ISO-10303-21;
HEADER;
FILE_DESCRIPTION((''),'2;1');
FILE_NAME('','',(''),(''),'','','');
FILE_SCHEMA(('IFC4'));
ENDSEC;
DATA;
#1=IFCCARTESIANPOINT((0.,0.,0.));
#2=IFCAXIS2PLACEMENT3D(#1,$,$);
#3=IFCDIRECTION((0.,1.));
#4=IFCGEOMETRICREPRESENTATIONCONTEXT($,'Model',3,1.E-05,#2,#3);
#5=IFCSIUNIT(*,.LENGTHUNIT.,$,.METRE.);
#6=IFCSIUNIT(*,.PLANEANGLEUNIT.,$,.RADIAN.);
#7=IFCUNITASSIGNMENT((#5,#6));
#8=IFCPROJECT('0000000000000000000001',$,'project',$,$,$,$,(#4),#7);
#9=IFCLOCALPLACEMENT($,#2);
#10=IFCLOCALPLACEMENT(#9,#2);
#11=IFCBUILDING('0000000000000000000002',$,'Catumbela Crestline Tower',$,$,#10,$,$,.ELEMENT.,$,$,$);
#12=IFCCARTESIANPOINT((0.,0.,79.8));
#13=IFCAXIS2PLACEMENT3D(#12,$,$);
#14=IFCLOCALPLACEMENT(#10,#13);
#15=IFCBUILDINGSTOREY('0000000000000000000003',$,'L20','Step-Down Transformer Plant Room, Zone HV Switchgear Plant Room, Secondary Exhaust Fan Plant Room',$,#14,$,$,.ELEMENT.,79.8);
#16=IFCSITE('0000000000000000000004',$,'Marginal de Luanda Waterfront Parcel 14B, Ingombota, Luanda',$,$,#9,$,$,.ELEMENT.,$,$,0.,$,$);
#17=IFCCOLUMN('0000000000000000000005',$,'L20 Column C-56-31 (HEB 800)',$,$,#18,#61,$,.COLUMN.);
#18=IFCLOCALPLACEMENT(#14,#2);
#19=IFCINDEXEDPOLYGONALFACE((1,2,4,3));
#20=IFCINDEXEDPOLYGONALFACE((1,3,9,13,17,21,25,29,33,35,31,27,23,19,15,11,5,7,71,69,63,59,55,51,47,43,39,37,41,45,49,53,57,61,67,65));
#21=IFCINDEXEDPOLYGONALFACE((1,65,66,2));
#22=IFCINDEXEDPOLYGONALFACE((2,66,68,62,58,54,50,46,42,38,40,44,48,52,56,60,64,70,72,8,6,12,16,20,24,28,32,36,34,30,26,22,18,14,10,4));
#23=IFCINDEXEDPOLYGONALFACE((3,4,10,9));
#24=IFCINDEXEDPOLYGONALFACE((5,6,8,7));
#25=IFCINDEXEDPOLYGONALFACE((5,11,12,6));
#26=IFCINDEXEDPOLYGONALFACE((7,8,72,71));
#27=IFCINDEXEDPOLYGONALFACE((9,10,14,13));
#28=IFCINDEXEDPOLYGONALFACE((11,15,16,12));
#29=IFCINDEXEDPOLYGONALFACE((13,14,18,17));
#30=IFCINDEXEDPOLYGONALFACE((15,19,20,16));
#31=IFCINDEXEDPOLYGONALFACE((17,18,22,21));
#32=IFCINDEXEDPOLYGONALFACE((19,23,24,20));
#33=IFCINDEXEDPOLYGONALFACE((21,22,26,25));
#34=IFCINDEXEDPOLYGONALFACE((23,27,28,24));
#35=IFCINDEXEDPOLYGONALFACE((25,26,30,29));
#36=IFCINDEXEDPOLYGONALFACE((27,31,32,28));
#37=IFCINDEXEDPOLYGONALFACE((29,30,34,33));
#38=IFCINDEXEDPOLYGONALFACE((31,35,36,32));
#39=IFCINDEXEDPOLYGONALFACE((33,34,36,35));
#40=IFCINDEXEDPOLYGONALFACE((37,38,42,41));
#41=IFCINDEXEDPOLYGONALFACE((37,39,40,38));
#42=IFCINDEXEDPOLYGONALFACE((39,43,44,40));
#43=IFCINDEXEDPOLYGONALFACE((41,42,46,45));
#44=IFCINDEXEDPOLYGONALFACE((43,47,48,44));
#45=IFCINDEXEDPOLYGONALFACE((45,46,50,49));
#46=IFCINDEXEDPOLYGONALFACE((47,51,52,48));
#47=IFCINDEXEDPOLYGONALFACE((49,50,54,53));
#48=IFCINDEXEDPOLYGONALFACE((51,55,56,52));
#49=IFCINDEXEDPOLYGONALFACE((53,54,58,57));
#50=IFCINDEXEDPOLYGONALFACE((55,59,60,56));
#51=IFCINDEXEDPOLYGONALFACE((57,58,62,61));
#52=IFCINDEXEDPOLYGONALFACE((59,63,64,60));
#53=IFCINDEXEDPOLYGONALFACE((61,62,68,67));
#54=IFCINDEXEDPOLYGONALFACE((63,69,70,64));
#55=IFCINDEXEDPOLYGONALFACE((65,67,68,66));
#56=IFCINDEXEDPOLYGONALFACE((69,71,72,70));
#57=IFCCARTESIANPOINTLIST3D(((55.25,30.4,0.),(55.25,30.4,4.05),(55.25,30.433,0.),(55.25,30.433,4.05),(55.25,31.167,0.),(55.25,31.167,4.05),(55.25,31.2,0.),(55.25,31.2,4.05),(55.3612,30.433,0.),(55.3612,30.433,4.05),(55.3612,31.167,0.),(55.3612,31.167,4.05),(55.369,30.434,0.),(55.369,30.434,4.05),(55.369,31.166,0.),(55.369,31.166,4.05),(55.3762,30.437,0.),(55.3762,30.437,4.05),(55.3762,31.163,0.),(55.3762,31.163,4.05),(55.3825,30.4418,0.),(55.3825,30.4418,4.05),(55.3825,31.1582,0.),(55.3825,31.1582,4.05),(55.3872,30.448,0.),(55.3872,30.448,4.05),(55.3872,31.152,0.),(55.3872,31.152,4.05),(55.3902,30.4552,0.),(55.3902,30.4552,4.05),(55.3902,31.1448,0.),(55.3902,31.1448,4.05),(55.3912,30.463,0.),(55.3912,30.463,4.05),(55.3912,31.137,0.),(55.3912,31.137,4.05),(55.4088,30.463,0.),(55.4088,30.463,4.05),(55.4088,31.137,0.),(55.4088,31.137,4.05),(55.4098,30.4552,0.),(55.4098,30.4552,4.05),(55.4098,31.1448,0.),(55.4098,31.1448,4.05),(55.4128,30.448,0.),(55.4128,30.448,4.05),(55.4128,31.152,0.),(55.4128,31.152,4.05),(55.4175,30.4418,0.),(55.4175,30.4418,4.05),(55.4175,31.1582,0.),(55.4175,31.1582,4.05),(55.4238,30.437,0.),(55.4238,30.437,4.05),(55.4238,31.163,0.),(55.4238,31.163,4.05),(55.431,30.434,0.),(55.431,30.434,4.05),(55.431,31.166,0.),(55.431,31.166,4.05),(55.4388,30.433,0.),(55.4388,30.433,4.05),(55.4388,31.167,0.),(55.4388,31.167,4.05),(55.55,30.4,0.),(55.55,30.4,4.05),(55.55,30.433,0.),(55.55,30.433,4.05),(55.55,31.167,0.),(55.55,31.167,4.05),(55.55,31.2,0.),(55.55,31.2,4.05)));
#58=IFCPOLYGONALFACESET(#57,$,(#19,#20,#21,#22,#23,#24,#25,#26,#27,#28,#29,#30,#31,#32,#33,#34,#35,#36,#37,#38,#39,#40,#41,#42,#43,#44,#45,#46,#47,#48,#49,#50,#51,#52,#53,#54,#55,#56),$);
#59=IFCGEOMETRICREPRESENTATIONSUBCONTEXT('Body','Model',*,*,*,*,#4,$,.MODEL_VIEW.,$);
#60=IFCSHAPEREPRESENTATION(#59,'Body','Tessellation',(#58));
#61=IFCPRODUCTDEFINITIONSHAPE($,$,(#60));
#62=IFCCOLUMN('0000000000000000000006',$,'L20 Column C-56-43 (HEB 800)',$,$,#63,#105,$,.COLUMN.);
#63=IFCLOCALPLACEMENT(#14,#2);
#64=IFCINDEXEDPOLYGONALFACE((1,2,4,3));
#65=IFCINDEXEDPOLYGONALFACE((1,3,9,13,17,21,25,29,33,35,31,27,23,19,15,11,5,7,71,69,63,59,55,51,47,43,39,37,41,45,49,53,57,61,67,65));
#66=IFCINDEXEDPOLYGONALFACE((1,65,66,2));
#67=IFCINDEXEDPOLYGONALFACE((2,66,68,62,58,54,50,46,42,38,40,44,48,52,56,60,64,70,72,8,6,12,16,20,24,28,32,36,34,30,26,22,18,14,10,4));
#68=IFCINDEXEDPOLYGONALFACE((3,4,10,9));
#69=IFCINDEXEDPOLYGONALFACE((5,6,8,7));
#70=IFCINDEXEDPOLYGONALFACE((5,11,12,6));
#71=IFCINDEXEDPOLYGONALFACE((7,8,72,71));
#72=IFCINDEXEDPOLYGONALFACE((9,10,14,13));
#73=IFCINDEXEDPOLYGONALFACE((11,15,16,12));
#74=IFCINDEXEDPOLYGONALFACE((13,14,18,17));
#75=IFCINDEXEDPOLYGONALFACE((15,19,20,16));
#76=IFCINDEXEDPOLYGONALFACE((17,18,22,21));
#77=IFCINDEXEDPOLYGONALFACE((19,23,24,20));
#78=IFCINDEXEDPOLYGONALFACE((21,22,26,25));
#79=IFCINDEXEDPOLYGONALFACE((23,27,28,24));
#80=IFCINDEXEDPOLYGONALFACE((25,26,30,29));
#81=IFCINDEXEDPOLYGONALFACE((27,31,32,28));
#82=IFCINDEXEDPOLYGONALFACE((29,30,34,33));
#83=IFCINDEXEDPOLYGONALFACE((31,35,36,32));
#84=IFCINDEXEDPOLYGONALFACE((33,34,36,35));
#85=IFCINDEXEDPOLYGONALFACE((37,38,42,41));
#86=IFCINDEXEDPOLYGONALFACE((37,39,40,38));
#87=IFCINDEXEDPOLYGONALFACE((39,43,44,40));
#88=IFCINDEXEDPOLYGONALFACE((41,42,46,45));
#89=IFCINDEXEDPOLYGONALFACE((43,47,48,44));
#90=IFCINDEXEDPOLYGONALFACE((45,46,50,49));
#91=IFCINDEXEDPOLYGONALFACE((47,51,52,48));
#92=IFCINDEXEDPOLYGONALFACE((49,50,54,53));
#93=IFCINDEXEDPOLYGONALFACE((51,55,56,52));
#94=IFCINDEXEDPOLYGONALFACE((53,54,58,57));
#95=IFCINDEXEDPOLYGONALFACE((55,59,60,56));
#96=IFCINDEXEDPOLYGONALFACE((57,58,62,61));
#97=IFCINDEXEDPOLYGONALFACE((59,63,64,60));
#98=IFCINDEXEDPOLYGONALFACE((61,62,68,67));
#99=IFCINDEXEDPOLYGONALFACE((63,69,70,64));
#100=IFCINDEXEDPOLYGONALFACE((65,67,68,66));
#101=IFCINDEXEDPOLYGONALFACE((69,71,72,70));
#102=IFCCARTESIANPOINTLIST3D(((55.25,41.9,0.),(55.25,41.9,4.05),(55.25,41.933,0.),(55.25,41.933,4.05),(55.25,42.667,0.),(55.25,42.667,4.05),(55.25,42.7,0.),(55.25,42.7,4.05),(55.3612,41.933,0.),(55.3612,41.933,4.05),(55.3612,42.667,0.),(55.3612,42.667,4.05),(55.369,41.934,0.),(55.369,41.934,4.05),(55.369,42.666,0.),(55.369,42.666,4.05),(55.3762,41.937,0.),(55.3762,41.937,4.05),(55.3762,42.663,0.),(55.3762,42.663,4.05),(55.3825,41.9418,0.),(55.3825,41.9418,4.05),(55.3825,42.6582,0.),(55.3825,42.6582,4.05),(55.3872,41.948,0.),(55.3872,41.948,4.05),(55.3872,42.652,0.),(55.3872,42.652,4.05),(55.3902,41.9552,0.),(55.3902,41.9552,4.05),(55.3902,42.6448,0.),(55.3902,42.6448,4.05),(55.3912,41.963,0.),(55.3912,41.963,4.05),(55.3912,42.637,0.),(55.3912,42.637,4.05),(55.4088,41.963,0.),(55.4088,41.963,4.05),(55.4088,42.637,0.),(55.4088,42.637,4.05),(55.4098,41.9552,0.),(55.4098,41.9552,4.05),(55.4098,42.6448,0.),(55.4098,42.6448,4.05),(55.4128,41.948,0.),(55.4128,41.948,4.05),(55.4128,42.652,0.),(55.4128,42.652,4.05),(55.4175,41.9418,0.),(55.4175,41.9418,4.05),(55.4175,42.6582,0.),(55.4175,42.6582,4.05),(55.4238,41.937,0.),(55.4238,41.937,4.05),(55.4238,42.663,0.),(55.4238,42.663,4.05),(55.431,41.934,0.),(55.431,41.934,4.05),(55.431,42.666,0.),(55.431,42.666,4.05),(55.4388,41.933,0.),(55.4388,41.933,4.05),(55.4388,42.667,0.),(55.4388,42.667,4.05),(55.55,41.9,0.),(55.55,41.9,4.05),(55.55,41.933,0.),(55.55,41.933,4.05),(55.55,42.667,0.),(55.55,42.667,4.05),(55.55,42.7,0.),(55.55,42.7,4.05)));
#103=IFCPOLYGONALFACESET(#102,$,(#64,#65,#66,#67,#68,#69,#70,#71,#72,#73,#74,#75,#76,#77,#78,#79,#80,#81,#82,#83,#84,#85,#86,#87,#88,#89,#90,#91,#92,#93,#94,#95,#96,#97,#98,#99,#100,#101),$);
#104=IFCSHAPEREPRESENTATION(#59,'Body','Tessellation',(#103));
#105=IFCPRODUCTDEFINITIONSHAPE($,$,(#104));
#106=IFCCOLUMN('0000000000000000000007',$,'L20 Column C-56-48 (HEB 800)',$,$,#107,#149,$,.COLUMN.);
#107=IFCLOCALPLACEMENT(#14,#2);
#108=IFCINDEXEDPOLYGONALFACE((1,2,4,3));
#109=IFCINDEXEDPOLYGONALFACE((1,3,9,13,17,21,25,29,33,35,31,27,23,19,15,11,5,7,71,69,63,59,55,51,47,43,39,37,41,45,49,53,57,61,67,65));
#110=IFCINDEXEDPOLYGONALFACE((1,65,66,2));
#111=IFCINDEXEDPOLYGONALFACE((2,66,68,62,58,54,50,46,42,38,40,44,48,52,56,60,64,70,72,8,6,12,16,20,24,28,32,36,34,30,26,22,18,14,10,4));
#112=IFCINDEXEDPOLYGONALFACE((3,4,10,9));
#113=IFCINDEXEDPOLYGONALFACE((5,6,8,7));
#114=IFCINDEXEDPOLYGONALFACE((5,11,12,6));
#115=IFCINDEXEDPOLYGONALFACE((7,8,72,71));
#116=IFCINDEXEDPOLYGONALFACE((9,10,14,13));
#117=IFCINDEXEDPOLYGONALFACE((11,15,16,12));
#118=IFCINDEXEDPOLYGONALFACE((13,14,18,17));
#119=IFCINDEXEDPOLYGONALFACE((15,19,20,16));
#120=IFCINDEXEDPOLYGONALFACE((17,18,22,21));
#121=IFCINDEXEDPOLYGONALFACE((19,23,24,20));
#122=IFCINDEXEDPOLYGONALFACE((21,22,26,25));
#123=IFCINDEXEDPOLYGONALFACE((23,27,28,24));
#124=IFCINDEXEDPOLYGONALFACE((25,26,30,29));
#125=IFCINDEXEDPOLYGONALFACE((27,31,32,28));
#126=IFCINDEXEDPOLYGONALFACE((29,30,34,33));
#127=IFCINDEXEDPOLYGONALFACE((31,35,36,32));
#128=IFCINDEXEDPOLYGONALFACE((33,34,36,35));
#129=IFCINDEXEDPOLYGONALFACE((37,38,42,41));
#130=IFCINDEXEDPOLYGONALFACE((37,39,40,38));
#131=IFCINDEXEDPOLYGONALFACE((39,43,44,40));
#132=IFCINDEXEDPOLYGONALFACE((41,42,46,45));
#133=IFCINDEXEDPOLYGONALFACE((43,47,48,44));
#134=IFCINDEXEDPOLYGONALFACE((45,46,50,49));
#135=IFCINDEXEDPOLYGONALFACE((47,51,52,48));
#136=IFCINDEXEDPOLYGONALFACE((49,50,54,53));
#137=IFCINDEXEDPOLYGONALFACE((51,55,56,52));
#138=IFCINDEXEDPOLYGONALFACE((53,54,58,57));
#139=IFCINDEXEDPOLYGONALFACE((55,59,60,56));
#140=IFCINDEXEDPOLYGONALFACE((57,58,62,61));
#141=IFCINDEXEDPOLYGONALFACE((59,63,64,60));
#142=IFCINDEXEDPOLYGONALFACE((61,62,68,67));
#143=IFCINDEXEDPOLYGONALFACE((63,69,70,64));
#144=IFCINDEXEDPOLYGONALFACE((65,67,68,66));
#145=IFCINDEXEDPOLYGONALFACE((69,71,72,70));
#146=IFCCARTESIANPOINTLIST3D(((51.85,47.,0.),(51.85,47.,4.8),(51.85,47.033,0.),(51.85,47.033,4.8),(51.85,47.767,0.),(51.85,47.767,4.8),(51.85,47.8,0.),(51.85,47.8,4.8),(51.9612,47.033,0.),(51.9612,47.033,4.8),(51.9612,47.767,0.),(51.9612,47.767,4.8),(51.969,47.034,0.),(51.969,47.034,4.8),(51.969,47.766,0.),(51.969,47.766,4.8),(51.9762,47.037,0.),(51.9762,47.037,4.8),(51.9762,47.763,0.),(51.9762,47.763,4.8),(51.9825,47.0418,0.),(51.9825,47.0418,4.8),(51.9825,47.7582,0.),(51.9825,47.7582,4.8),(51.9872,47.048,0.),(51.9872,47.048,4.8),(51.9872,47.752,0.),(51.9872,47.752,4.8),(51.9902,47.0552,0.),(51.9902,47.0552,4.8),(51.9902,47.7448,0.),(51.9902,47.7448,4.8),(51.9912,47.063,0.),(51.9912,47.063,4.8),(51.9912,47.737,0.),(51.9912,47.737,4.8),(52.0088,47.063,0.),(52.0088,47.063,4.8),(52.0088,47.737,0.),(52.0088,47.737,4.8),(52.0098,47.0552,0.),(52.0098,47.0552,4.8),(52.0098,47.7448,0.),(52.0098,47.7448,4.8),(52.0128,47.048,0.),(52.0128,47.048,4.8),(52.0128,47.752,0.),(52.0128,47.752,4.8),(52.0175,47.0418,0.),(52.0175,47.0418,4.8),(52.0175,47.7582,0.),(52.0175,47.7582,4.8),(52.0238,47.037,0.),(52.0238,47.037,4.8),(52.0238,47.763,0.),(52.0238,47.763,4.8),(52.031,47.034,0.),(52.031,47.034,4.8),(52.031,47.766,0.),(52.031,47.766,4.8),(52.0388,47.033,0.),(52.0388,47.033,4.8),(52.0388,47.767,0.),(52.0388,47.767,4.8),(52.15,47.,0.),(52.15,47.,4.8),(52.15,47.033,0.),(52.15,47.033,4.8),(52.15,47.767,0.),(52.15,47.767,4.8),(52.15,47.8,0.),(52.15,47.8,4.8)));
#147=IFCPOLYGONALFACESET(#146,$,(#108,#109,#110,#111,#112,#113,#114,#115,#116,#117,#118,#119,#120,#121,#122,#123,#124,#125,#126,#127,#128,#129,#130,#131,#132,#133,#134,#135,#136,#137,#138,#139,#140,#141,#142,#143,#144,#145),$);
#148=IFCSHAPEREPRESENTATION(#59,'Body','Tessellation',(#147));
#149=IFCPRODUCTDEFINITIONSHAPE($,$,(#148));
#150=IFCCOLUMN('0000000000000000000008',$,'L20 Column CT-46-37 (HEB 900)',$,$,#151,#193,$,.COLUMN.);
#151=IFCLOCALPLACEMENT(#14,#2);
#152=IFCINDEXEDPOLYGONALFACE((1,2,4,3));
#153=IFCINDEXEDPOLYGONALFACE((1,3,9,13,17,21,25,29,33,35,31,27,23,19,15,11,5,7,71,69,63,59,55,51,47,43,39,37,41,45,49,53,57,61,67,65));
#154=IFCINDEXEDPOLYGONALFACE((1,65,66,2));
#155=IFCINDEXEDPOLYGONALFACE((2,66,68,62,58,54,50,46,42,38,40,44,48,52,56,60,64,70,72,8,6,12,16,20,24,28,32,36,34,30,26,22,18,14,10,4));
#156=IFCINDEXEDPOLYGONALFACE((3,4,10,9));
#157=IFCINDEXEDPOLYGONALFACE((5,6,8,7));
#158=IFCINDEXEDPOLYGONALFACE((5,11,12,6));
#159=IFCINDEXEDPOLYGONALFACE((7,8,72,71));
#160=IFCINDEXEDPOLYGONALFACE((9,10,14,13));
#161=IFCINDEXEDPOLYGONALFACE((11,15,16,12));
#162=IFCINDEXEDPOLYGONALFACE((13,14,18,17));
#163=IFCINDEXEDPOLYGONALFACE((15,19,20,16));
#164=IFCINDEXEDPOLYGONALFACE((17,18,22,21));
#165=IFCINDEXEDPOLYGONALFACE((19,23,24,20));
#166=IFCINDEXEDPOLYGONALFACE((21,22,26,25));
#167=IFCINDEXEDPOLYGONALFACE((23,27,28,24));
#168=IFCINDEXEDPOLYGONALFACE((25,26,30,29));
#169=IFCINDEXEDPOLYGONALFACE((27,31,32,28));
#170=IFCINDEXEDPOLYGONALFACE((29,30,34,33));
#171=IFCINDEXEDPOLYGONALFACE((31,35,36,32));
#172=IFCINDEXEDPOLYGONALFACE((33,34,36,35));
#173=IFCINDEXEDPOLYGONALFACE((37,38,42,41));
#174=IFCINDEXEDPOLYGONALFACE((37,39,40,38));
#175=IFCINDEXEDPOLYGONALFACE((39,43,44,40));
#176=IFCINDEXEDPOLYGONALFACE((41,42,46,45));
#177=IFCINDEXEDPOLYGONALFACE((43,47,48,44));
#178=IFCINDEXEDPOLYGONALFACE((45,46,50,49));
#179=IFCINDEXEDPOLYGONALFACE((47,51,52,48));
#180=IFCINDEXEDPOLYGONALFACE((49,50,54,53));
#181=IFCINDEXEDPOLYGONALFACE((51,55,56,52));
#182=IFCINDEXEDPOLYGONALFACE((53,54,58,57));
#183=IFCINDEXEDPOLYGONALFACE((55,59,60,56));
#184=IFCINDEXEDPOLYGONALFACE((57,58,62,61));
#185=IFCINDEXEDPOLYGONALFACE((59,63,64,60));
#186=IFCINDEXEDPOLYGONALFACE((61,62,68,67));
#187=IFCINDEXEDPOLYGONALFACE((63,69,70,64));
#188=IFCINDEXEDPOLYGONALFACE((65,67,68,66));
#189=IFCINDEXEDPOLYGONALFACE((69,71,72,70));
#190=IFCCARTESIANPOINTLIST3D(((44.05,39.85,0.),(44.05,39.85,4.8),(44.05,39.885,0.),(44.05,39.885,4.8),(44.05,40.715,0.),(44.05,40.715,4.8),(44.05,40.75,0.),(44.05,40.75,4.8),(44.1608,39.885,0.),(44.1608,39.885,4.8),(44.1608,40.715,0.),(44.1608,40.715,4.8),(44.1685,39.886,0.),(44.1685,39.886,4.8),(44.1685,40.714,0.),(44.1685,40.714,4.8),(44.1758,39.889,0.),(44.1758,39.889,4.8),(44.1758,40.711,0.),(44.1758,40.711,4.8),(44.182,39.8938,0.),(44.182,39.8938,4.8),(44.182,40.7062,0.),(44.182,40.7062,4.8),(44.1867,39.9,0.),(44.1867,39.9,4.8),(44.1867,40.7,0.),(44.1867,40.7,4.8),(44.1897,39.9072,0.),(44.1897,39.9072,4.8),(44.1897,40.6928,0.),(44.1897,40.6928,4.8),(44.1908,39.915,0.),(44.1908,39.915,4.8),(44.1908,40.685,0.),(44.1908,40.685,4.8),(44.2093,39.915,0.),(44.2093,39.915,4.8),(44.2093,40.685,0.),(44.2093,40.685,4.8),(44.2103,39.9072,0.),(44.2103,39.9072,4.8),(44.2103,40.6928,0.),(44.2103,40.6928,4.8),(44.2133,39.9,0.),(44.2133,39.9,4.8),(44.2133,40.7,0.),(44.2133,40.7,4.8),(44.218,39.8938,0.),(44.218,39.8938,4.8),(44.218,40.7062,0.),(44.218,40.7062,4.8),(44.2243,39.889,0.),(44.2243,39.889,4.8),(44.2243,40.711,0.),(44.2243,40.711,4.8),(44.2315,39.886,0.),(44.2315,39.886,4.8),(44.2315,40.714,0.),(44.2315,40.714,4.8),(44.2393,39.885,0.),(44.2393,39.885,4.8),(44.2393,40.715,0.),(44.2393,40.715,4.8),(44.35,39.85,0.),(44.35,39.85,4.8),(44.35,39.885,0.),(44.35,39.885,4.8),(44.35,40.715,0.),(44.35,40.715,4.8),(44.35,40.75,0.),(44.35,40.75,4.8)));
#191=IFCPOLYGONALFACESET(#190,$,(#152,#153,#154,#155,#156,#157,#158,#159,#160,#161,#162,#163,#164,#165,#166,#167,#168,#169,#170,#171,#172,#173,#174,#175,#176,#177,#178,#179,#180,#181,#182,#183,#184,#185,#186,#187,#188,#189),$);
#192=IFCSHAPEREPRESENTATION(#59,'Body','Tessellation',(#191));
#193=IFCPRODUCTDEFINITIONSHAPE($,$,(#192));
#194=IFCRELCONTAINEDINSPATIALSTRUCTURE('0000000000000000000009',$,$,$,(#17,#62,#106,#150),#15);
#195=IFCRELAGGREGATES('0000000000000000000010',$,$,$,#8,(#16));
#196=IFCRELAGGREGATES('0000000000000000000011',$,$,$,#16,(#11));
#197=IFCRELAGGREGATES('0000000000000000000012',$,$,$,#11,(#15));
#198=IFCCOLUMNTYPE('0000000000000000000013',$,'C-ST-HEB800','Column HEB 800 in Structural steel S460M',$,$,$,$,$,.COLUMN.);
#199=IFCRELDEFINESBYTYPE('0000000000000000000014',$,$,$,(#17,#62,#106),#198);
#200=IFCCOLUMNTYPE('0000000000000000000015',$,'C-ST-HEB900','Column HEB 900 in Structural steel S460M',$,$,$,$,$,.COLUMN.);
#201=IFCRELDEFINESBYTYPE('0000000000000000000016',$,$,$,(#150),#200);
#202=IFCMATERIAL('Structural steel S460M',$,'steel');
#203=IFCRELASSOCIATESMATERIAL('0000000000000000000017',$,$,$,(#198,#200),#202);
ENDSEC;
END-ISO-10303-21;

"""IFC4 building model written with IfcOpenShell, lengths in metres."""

from ifc_helpers import new_model, si_unit, direction, frame, origin, origin_2d, place, context, subcontext, project, spatial, i_section, extrude, material, material_profile, profile_set, type_object, element, save


model = new_model("IFC4")

# Units and contexts
model_context = context("Model", 3, precision=1e-05, world=origin(), true_north=direction((0.0, 1.0)))
body_context = subcontext(model_context, "Body", "Model", "MODEL_VIEW")
ifc_project = project(units=[si_unit("LENGTHUNIT", "METRE"), si_unit("PLANEANGLEUNIT", "RADIAN")], contexts=[model_context])

# Site, building, storey
site_placement = place(None, origin())
site = spatial("IfcSite", under=ifc_project, at=site_placement, Name="Marginal de Luanda Waterfront Parcel 14B, Ingombota, Luanda", CompositionType="ELEMENT", RefElevation=0.0)
building_placement = place(site_placement, origin())
building = spatial("IfcBuilding", under=site, at=building_placement, Name="Catumbela Crestline Tower", CompositionType="ELEMENT")
storey_placement = place(building_placement, frame((0.0, 0.0, 79.8)))
storey = spatial("IfcBuildingStorey", under=building, at=storey_placement, Name="L20", Description="Step-Down Transformer Plant Room, Zone HV Switchgear Plant Room, Secondary Exhaust Fan Plant Room", CompositionType="ELEMENT", Elevation=79.8)

# Columns
ifc_material_1 = material(Name="Structural steel S460M", Category="steel")
ifc_material_profile_1 = material_profile(ifc_material_1, i_section(OverallWidth=0.3, OverallDepth=0.8, WebThickness=0.0175, FlangeThickness=0.033, FilletRadius=0.03, at=origin_2d()), Name="HEB 800")
ifc_profile_set_1 = profile_set([ifc_material_profile_1], Name="Structural steel S460M")
column_type_1 = type_object("IfcColumnType", Name="C-ST-HEB800", Description="Column HEB 800 in Structural steel S460M", PredefinedType="COLUMN", material=ifc_profile_set_1)
for number, where, z_axis, x_axis, name in (
    (1, (55.4, 30.8, 0.0), (0.0, 0.0, 1.0), (1.0, 0.0, 0.0), "L20 Column C-56-31 (HEB 800)"),
    (2, (55.4, 42.3, 0.0), (0.0, 0.0, 1.0), (1.0, 0.0, 0.0), "L20 Column C-56-43 (HEB 800)"),
):
    element("IfcColumn", number, at=place(storey_placement, frame(where, z_axis=z_axis, x_axis=x_axis)), inside=storey, type_object=column_type_1, Name=name, PredefinedType="COLUMN", context=body_context, shape_type="SweptSolid", body=[
        extrude(i_section(OverallWidth=0.3, OverallDepth=0.8, WebThickness=0.0175, FlangeThickness=0.033, FilletRadius=0.03, at=origin_2d()), origin(), (0.0, 0.0, 1.0), 4.05),
    ])
column_placement = place(storey_placement, frame((52.0, 47.4, 0.0), z_axis=(0.0, 0.0, 1.0), x_axis=(1.0, 0.0, 0.0)))
element("IfcColumn", 3, at=column_placement, inside=storey, type_object=column_type_1, Name="L20 Column C-56-48 (HEB 800)", PredefinedType="COLUMN", context=body_context, shape_type="SweptSolid", body=[
    extrude(i_section(OverallWidth=0.3, OverallDepth=0.8, WebThickness=0.0175, FlangeThickness=0.033, FilletRadius=0.03, at=origin_2d()), origin(), (0.0, 0.0, 1.0), 4.8),
])
ifc_material_profile_2 = material_profile(ifc_material_1, i_section(OverallWidth=0.3, OverallDepth=0.9, WebThickness=0.0185, FlangeThickness=0.035, FilletRadius=0.03, at=origin_2d()), Name="HEB 900")
ifc_profile_set_2 = profile_set([ifc_material_profile_2], Name="Structural steel S460M")
column_type_2 = type_object("IfcColumnType", Name="C-ST-HEB900", Description="Column HEB 900 in Structural steel S460M", PredefinedType="COLUMN", material=ifc_profile_set_2)
for number, where, z_axis, x_axis, name in (
    (4, (44.2, 40.3, 0.0), (0.0, 0.0, 1.0), (1.0, 0.0, 0.0), "L20 Column CT-46-37 (HEB 900)"),
):
    element("IfcColumn", number, at=place(storey_placement, frame(where, z_axis=z_axis, x_axis=x_axis)), inside=storey, type_object=column_type_2, Name=name, PredefinedType="COLUMN", context=body_context, shape_type="SweptSolid", body=[
        extrude(i_section(OverallWidth=0.3, OverallDepth=0.9, WebThickness=0.0185, FlangeThickness=0.035, FilletRadius=0.03, at=origin_2d()), origin(), (0.0, 0.0, 1.0), 4.8),
    ])

save(model, "model.ifc")
